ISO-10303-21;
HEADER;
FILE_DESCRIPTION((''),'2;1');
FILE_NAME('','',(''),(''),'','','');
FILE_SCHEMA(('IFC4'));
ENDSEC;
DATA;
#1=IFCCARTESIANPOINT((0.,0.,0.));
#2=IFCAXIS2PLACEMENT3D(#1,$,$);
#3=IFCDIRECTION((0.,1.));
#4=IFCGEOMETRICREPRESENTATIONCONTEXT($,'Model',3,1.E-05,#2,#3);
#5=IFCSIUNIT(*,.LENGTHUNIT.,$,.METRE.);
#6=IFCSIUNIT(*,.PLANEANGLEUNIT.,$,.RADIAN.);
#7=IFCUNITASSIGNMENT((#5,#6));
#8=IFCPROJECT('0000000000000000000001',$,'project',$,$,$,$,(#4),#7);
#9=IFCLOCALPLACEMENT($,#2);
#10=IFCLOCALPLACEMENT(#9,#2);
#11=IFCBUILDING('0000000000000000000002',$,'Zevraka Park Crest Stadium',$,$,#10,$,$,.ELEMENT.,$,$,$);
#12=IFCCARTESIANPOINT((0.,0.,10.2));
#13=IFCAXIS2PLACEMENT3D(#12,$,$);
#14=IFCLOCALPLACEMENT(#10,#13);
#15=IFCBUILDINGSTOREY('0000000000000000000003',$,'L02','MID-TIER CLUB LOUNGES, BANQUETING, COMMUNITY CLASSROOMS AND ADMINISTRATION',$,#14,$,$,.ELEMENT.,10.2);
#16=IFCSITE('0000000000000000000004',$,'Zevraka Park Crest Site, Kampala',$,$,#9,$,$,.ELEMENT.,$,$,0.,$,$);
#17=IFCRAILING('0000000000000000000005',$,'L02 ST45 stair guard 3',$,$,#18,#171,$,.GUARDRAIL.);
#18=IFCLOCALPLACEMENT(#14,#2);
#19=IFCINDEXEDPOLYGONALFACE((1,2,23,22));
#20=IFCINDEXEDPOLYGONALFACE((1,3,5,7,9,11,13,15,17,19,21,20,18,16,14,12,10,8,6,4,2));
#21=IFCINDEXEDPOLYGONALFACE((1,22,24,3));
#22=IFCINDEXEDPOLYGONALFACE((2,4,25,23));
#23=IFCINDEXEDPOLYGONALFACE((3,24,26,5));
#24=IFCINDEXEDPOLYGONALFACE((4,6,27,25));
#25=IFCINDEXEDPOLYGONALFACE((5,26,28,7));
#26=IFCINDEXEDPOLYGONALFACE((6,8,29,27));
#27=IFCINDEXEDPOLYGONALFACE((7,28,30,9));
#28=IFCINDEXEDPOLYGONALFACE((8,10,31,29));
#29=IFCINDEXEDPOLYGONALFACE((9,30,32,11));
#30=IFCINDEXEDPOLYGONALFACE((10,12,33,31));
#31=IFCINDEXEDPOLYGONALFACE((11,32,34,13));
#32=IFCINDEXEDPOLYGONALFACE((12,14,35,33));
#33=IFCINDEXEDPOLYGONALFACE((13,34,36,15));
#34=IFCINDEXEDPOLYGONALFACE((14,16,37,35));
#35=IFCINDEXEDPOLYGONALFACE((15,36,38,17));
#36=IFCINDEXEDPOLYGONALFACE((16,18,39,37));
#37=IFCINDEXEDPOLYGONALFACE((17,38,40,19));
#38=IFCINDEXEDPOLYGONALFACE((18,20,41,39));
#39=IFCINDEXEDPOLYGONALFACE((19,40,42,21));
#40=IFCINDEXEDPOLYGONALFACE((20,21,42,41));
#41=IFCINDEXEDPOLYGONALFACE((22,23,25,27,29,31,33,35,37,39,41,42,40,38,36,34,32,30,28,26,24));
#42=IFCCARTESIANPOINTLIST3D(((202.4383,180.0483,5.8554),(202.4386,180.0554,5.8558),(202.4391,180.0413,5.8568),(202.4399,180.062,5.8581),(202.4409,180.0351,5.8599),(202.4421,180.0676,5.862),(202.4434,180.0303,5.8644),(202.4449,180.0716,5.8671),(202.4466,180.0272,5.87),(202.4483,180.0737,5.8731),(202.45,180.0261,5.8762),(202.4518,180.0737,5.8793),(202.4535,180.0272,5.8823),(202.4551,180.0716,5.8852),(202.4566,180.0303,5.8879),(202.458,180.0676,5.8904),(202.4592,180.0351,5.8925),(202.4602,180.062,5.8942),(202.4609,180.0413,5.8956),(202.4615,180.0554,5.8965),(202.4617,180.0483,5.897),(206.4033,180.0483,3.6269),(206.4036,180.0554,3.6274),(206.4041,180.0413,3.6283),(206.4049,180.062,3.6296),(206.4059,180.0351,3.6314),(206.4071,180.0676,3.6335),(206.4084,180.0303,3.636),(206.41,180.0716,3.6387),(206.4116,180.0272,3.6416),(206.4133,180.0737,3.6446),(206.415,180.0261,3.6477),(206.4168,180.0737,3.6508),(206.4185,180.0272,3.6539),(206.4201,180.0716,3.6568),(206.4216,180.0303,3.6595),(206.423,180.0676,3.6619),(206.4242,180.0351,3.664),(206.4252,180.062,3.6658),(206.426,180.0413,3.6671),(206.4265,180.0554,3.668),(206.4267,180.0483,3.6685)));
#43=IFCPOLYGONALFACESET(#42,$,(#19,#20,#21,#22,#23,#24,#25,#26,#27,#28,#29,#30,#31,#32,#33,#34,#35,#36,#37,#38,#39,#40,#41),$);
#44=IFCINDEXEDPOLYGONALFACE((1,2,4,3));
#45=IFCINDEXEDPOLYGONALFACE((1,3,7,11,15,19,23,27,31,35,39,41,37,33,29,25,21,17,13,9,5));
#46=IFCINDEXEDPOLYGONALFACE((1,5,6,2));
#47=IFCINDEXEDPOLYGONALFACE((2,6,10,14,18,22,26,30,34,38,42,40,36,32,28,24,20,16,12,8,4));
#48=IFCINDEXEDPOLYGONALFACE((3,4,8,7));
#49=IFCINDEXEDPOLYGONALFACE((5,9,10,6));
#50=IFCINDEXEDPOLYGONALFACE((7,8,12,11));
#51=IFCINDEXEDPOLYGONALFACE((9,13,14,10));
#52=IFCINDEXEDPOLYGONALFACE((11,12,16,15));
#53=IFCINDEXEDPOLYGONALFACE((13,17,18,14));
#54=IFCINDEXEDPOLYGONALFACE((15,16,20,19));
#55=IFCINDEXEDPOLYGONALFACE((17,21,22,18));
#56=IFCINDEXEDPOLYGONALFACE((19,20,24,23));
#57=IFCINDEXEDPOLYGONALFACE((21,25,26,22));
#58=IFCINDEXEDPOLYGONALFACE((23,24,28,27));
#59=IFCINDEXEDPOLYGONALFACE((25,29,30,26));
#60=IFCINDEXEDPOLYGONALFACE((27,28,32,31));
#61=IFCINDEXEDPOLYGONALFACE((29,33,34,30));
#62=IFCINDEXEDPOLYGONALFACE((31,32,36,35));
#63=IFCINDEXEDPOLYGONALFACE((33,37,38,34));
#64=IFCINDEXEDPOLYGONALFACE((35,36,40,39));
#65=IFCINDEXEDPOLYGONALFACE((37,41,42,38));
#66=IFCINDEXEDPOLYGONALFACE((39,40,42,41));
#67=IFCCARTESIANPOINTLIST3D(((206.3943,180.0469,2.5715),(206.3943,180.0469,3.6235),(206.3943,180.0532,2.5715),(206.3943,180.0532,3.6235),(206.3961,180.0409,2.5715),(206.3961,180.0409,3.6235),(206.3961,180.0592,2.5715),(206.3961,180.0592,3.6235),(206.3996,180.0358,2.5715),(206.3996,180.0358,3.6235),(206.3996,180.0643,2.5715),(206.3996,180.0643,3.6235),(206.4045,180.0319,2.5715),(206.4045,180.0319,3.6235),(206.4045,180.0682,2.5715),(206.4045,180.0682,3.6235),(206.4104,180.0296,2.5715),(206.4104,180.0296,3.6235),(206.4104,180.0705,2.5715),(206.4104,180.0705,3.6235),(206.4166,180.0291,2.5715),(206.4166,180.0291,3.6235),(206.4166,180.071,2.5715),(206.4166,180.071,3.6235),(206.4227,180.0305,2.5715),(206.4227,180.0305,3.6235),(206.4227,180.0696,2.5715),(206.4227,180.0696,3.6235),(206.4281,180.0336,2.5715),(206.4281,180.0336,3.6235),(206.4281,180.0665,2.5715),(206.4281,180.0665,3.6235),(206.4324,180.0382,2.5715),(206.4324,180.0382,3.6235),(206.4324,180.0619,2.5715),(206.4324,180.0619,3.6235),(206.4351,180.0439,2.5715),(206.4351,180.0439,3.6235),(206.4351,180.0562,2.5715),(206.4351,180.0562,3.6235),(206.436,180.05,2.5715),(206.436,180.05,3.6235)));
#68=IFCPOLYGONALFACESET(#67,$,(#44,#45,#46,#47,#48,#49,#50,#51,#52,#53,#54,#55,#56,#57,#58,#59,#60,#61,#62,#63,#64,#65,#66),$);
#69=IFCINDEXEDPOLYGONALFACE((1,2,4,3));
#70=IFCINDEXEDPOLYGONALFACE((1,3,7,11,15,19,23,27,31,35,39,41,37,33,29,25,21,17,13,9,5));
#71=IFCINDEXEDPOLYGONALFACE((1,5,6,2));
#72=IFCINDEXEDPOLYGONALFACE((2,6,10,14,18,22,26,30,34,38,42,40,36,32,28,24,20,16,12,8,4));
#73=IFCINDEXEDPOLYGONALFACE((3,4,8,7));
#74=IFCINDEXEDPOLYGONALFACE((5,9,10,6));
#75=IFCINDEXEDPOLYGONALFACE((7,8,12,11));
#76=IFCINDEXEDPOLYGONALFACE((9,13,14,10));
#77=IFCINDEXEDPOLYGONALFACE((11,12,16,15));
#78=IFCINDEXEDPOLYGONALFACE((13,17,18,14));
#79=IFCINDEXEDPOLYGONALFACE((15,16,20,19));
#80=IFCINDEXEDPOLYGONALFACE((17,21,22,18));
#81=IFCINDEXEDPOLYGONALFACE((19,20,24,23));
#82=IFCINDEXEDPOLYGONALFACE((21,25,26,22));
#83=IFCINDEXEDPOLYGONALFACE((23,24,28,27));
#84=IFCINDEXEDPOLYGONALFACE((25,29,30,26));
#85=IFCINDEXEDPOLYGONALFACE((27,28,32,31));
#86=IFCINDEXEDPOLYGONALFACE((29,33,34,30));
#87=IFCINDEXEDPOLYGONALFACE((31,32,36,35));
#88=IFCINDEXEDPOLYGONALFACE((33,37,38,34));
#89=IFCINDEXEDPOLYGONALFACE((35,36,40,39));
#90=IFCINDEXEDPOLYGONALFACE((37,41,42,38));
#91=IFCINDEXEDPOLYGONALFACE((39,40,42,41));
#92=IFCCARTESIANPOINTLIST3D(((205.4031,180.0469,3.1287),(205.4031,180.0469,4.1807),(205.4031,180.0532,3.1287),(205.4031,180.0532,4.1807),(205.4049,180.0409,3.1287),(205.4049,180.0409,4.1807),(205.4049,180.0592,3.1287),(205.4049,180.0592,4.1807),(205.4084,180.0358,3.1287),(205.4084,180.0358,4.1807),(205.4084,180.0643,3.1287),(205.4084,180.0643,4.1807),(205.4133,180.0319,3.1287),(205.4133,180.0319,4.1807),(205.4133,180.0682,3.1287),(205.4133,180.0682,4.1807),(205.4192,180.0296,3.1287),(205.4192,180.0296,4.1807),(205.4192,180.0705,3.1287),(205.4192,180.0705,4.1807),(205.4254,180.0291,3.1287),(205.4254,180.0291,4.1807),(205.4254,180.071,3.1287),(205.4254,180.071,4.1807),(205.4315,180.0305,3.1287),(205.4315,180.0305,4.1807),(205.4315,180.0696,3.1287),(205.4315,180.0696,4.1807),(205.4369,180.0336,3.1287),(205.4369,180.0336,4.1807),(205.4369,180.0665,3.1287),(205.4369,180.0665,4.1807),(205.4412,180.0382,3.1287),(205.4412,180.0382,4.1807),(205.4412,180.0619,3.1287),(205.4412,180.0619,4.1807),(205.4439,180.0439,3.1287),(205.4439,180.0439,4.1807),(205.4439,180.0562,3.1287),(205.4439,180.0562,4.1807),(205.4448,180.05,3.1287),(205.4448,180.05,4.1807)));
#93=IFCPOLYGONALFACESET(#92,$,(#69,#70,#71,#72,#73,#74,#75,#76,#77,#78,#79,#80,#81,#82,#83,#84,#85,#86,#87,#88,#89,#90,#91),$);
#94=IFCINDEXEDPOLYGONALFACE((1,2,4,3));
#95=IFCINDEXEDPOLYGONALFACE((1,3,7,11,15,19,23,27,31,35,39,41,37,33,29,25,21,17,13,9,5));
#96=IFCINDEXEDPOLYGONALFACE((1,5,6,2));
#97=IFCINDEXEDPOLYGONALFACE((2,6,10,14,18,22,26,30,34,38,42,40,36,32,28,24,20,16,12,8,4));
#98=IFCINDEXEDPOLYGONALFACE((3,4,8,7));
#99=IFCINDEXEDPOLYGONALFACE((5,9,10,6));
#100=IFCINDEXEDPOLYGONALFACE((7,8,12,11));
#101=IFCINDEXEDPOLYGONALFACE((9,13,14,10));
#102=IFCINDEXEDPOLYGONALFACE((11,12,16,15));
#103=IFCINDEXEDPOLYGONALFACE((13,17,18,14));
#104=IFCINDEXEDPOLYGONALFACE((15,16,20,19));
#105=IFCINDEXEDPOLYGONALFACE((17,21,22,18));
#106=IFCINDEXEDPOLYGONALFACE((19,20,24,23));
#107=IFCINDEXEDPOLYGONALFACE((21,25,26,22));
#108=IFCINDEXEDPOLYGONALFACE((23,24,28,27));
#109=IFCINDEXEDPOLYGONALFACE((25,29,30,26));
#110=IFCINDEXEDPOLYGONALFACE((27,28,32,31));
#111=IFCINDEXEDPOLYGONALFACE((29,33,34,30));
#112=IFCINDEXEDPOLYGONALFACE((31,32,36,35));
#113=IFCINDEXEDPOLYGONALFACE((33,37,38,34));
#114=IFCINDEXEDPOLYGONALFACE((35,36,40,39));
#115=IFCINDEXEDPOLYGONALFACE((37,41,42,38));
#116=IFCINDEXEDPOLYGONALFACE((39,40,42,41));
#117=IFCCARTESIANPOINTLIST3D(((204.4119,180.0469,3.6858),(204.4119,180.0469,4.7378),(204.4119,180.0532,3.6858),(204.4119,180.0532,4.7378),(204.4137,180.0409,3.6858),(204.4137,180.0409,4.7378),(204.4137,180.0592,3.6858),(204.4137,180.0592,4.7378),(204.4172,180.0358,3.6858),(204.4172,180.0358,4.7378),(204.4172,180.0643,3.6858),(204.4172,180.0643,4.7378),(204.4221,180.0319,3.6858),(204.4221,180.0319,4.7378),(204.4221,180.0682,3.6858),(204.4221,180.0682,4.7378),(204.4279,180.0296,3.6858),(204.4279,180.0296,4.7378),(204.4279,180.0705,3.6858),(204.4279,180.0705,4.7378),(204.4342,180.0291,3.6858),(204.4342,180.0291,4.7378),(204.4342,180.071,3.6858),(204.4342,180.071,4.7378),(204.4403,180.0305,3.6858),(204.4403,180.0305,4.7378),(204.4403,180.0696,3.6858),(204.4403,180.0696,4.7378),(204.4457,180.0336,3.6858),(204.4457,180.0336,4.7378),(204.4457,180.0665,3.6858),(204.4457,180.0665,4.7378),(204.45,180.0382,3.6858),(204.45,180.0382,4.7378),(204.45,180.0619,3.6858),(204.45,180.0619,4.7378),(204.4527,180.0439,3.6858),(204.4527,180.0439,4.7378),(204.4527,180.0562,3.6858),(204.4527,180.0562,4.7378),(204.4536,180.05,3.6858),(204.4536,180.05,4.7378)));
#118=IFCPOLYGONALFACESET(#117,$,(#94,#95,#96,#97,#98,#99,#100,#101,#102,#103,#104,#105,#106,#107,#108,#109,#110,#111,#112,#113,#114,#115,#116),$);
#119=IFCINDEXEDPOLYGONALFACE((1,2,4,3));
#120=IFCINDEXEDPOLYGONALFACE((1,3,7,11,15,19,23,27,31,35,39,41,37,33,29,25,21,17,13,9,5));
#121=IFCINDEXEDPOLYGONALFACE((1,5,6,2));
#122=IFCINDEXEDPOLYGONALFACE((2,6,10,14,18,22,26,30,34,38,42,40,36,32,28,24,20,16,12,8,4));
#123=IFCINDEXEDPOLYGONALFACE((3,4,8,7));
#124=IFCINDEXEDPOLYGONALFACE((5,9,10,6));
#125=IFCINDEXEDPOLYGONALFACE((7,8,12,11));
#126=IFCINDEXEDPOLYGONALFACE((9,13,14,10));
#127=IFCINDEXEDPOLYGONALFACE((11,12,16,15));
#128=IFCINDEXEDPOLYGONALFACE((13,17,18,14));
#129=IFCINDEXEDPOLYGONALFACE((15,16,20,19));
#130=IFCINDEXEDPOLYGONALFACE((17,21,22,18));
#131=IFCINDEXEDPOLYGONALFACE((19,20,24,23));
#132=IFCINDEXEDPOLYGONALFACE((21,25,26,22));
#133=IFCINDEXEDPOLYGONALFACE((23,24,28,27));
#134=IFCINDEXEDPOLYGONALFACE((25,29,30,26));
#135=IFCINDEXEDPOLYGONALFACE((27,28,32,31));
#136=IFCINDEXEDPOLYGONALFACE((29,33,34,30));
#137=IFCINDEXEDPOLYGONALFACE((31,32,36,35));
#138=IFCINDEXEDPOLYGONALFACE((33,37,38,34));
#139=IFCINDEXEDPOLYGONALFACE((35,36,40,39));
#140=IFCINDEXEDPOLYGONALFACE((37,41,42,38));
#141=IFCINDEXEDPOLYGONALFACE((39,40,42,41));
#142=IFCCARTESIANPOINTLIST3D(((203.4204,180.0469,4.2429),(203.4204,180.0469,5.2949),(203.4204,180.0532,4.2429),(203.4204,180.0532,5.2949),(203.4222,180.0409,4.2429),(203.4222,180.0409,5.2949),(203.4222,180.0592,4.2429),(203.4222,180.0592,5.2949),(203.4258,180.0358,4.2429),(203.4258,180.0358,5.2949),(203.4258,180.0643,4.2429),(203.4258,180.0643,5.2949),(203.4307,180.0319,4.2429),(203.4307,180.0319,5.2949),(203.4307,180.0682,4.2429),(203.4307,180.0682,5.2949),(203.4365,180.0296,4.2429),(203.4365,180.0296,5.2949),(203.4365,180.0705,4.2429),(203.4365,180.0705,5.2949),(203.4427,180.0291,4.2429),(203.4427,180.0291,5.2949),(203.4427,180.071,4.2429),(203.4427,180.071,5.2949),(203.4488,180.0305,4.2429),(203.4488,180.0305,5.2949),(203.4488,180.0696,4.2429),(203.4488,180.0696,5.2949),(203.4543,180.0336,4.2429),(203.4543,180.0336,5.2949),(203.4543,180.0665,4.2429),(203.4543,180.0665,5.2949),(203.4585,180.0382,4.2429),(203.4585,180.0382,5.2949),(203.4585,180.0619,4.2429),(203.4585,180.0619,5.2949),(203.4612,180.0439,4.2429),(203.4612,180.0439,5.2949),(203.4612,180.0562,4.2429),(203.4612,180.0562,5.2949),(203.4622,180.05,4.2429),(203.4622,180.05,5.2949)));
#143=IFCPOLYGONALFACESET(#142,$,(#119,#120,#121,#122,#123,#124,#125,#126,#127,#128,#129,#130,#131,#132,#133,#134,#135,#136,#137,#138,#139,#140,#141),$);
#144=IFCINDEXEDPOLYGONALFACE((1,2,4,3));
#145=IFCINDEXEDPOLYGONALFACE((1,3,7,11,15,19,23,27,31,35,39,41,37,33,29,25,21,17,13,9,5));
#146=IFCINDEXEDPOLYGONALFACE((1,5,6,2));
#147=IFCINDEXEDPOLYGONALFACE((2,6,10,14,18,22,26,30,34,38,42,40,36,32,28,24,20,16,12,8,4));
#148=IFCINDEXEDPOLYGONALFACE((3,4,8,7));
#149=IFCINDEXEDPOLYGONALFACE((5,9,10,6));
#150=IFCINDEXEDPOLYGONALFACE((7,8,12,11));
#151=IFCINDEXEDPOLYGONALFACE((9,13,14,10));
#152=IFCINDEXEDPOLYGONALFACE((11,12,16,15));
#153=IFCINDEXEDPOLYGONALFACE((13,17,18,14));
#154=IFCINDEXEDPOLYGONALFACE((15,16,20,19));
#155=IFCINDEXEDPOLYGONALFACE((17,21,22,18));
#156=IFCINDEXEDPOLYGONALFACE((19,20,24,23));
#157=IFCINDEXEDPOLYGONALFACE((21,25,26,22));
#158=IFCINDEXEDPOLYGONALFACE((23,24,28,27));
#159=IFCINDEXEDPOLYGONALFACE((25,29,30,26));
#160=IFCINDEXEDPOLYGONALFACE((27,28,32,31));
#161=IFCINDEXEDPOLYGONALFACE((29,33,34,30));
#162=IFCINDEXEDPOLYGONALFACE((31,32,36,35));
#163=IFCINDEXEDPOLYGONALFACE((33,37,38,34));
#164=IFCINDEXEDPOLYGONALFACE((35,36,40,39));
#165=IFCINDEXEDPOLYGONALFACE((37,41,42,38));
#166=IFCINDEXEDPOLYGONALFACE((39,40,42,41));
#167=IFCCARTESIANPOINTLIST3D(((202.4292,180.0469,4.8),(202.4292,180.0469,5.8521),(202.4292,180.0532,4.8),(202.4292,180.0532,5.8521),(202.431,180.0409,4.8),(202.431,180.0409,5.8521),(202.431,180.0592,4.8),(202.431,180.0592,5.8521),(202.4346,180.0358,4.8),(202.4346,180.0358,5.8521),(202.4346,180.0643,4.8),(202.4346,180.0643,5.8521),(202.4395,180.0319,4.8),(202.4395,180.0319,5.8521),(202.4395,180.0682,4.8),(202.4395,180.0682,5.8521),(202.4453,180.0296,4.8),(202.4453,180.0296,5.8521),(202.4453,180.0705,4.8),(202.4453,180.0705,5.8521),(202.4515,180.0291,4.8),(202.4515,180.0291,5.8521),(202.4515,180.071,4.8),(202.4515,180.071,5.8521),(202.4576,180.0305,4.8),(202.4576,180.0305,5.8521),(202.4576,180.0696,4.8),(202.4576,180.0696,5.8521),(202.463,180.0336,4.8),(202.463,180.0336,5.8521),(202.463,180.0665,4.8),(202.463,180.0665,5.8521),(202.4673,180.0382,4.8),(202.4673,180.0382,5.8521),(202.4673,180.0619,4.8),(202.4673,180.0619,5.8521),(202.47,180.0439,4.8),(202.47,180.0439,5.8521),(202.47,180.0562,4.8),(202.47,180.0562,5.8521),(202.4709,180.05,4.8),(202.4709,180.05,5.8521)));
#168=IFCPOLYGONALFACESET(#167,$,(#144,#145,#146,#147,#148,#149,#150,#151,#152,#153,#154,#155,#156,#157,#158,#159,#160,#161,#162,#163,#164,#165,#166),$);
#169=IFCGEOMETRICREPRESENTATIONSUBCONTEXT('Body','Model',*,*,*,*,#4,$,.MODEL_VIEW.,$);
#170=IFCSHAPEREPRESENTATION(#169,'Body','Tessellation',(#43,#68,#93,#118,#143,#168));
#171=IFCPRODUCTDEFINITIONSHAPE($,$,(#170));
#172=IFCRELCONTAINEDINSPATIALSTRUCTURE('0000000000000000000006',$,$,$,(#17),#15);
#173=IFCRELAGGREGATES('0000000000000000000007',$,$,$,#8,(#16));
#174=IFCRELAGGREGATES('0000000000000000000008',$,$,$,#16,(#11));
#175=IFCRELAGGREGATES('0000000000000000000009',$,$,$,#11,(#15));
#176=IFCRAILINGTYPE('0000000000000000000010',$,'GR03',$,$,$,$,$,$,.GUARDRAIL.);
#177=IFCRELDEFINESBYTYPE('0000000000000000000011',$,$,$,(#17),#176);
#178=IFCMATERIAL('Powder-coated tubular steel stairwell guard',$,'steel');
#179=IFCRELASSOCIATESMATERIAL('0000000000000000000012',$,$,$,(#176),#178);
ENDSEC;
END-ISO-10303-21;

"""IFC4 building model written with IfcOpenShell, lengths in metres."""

from ifc_helpers import new_model, si_unit, direction, frame, origin, origin_2d, place, context, subcontext, project, spatial, circle, extrude, material, type_object, element, save


model = new_model("IFC4")

# Units and contexts
model_context = context("Model", 3, precision=1e-05, world=origin(), true_north=direction((0.0, 1.0)))
body_context = subcontext(model_context, "Body", "Model", "MODEL_VIEW")
ifc_project = project(units=[si_unit("LENGTHUNIT", "METRE"), si_unit("PLANEANGLEUNIT", "RADIAN")], contexts=[model_context])

# Site, building, storey
site_placement = place(None, origin())
site = spatial("IfcSite", under=ifc_project, at=site_placement, Name="Zevraka Park Crest Site, Kampala", CompositionType="ELEMENT", RefElevation=0.0)
building_placement = place(site_placement, origin())
building = spatial("IfcBuilding", under=site, at=building_placement, Name="Zevraka Park Crest Stadium", CompositionType="ELEMENT")
storey_placement = place(building_placement, frame((0.0, 0.0, 10.2)))
storey = spatial("IfcBuildingStorey", under=building, at=storey_placement, Name="L02", Description="MID-TIER CLUB LOUNGES, BANQUETING, COMMUNITY CLASSROOMS AND ADMINISTRATION", CompositionType="ELEMENT", Elevation=10.2)

# Railing
ifc_material_1 = material(Name="Powder-coated tubular steel stairwell guard", Category="steel")
railing_type_1 = type_object("IfcRailingType", Name="GR03", PredefinedType="GUARDRAIL", material=ifc_material_1)
railing_1_placement = place(storey_placement, frame((206.415, 180.05, 2.5715)))
element("IfcRailing", 1, at=railing_1_placement, inside=storey, type_object=railing_type_1, Name="L02 ST45 stair guard 3", PredefinedType="GUARDRAIL", context=body_context, shape_type="SweptSolid", body=[
    extrude(circle(Radius=0.0239, at=origin_2d()), frame((0.0, 0.0, 1.0762), z_axis=(-0.871749, 0.0, 0.489953), x_axis=(0.0, -1.0, 0.0)), (0.0, 0.0, 1.0), 4.5483),
    extrude(circle(Radius=0.021, at=origin_2d()), origin(), (0.0, 0.0, 1.0), 1.052),
    extrude(circle(Radius=0.021, at=origin_2d()), frame((-0.9912, 0.0, 0.5571)), (0.0, 0.0, 1.0), 1.052),
    extrude(circle(Radius=0.021, at=origin_2d()), frame((-1.9824, 0.0, 1.1143)), (0.0, 0.0, 1.0), 1.052),
    extrude(circle(Radius=0.021, at=origin_2d()), frame((-2.9739, 0.0, 1.6714)), (0.0, 0.0, 1.0), 1.052),
    extrude(circle(Radius=0.021, at=origin_2d()), frame((-3.9651, 0.0, 2.2285)), (0.0, 0.0, 1.0), 1.052),
])

save(model, "model.ifc")
